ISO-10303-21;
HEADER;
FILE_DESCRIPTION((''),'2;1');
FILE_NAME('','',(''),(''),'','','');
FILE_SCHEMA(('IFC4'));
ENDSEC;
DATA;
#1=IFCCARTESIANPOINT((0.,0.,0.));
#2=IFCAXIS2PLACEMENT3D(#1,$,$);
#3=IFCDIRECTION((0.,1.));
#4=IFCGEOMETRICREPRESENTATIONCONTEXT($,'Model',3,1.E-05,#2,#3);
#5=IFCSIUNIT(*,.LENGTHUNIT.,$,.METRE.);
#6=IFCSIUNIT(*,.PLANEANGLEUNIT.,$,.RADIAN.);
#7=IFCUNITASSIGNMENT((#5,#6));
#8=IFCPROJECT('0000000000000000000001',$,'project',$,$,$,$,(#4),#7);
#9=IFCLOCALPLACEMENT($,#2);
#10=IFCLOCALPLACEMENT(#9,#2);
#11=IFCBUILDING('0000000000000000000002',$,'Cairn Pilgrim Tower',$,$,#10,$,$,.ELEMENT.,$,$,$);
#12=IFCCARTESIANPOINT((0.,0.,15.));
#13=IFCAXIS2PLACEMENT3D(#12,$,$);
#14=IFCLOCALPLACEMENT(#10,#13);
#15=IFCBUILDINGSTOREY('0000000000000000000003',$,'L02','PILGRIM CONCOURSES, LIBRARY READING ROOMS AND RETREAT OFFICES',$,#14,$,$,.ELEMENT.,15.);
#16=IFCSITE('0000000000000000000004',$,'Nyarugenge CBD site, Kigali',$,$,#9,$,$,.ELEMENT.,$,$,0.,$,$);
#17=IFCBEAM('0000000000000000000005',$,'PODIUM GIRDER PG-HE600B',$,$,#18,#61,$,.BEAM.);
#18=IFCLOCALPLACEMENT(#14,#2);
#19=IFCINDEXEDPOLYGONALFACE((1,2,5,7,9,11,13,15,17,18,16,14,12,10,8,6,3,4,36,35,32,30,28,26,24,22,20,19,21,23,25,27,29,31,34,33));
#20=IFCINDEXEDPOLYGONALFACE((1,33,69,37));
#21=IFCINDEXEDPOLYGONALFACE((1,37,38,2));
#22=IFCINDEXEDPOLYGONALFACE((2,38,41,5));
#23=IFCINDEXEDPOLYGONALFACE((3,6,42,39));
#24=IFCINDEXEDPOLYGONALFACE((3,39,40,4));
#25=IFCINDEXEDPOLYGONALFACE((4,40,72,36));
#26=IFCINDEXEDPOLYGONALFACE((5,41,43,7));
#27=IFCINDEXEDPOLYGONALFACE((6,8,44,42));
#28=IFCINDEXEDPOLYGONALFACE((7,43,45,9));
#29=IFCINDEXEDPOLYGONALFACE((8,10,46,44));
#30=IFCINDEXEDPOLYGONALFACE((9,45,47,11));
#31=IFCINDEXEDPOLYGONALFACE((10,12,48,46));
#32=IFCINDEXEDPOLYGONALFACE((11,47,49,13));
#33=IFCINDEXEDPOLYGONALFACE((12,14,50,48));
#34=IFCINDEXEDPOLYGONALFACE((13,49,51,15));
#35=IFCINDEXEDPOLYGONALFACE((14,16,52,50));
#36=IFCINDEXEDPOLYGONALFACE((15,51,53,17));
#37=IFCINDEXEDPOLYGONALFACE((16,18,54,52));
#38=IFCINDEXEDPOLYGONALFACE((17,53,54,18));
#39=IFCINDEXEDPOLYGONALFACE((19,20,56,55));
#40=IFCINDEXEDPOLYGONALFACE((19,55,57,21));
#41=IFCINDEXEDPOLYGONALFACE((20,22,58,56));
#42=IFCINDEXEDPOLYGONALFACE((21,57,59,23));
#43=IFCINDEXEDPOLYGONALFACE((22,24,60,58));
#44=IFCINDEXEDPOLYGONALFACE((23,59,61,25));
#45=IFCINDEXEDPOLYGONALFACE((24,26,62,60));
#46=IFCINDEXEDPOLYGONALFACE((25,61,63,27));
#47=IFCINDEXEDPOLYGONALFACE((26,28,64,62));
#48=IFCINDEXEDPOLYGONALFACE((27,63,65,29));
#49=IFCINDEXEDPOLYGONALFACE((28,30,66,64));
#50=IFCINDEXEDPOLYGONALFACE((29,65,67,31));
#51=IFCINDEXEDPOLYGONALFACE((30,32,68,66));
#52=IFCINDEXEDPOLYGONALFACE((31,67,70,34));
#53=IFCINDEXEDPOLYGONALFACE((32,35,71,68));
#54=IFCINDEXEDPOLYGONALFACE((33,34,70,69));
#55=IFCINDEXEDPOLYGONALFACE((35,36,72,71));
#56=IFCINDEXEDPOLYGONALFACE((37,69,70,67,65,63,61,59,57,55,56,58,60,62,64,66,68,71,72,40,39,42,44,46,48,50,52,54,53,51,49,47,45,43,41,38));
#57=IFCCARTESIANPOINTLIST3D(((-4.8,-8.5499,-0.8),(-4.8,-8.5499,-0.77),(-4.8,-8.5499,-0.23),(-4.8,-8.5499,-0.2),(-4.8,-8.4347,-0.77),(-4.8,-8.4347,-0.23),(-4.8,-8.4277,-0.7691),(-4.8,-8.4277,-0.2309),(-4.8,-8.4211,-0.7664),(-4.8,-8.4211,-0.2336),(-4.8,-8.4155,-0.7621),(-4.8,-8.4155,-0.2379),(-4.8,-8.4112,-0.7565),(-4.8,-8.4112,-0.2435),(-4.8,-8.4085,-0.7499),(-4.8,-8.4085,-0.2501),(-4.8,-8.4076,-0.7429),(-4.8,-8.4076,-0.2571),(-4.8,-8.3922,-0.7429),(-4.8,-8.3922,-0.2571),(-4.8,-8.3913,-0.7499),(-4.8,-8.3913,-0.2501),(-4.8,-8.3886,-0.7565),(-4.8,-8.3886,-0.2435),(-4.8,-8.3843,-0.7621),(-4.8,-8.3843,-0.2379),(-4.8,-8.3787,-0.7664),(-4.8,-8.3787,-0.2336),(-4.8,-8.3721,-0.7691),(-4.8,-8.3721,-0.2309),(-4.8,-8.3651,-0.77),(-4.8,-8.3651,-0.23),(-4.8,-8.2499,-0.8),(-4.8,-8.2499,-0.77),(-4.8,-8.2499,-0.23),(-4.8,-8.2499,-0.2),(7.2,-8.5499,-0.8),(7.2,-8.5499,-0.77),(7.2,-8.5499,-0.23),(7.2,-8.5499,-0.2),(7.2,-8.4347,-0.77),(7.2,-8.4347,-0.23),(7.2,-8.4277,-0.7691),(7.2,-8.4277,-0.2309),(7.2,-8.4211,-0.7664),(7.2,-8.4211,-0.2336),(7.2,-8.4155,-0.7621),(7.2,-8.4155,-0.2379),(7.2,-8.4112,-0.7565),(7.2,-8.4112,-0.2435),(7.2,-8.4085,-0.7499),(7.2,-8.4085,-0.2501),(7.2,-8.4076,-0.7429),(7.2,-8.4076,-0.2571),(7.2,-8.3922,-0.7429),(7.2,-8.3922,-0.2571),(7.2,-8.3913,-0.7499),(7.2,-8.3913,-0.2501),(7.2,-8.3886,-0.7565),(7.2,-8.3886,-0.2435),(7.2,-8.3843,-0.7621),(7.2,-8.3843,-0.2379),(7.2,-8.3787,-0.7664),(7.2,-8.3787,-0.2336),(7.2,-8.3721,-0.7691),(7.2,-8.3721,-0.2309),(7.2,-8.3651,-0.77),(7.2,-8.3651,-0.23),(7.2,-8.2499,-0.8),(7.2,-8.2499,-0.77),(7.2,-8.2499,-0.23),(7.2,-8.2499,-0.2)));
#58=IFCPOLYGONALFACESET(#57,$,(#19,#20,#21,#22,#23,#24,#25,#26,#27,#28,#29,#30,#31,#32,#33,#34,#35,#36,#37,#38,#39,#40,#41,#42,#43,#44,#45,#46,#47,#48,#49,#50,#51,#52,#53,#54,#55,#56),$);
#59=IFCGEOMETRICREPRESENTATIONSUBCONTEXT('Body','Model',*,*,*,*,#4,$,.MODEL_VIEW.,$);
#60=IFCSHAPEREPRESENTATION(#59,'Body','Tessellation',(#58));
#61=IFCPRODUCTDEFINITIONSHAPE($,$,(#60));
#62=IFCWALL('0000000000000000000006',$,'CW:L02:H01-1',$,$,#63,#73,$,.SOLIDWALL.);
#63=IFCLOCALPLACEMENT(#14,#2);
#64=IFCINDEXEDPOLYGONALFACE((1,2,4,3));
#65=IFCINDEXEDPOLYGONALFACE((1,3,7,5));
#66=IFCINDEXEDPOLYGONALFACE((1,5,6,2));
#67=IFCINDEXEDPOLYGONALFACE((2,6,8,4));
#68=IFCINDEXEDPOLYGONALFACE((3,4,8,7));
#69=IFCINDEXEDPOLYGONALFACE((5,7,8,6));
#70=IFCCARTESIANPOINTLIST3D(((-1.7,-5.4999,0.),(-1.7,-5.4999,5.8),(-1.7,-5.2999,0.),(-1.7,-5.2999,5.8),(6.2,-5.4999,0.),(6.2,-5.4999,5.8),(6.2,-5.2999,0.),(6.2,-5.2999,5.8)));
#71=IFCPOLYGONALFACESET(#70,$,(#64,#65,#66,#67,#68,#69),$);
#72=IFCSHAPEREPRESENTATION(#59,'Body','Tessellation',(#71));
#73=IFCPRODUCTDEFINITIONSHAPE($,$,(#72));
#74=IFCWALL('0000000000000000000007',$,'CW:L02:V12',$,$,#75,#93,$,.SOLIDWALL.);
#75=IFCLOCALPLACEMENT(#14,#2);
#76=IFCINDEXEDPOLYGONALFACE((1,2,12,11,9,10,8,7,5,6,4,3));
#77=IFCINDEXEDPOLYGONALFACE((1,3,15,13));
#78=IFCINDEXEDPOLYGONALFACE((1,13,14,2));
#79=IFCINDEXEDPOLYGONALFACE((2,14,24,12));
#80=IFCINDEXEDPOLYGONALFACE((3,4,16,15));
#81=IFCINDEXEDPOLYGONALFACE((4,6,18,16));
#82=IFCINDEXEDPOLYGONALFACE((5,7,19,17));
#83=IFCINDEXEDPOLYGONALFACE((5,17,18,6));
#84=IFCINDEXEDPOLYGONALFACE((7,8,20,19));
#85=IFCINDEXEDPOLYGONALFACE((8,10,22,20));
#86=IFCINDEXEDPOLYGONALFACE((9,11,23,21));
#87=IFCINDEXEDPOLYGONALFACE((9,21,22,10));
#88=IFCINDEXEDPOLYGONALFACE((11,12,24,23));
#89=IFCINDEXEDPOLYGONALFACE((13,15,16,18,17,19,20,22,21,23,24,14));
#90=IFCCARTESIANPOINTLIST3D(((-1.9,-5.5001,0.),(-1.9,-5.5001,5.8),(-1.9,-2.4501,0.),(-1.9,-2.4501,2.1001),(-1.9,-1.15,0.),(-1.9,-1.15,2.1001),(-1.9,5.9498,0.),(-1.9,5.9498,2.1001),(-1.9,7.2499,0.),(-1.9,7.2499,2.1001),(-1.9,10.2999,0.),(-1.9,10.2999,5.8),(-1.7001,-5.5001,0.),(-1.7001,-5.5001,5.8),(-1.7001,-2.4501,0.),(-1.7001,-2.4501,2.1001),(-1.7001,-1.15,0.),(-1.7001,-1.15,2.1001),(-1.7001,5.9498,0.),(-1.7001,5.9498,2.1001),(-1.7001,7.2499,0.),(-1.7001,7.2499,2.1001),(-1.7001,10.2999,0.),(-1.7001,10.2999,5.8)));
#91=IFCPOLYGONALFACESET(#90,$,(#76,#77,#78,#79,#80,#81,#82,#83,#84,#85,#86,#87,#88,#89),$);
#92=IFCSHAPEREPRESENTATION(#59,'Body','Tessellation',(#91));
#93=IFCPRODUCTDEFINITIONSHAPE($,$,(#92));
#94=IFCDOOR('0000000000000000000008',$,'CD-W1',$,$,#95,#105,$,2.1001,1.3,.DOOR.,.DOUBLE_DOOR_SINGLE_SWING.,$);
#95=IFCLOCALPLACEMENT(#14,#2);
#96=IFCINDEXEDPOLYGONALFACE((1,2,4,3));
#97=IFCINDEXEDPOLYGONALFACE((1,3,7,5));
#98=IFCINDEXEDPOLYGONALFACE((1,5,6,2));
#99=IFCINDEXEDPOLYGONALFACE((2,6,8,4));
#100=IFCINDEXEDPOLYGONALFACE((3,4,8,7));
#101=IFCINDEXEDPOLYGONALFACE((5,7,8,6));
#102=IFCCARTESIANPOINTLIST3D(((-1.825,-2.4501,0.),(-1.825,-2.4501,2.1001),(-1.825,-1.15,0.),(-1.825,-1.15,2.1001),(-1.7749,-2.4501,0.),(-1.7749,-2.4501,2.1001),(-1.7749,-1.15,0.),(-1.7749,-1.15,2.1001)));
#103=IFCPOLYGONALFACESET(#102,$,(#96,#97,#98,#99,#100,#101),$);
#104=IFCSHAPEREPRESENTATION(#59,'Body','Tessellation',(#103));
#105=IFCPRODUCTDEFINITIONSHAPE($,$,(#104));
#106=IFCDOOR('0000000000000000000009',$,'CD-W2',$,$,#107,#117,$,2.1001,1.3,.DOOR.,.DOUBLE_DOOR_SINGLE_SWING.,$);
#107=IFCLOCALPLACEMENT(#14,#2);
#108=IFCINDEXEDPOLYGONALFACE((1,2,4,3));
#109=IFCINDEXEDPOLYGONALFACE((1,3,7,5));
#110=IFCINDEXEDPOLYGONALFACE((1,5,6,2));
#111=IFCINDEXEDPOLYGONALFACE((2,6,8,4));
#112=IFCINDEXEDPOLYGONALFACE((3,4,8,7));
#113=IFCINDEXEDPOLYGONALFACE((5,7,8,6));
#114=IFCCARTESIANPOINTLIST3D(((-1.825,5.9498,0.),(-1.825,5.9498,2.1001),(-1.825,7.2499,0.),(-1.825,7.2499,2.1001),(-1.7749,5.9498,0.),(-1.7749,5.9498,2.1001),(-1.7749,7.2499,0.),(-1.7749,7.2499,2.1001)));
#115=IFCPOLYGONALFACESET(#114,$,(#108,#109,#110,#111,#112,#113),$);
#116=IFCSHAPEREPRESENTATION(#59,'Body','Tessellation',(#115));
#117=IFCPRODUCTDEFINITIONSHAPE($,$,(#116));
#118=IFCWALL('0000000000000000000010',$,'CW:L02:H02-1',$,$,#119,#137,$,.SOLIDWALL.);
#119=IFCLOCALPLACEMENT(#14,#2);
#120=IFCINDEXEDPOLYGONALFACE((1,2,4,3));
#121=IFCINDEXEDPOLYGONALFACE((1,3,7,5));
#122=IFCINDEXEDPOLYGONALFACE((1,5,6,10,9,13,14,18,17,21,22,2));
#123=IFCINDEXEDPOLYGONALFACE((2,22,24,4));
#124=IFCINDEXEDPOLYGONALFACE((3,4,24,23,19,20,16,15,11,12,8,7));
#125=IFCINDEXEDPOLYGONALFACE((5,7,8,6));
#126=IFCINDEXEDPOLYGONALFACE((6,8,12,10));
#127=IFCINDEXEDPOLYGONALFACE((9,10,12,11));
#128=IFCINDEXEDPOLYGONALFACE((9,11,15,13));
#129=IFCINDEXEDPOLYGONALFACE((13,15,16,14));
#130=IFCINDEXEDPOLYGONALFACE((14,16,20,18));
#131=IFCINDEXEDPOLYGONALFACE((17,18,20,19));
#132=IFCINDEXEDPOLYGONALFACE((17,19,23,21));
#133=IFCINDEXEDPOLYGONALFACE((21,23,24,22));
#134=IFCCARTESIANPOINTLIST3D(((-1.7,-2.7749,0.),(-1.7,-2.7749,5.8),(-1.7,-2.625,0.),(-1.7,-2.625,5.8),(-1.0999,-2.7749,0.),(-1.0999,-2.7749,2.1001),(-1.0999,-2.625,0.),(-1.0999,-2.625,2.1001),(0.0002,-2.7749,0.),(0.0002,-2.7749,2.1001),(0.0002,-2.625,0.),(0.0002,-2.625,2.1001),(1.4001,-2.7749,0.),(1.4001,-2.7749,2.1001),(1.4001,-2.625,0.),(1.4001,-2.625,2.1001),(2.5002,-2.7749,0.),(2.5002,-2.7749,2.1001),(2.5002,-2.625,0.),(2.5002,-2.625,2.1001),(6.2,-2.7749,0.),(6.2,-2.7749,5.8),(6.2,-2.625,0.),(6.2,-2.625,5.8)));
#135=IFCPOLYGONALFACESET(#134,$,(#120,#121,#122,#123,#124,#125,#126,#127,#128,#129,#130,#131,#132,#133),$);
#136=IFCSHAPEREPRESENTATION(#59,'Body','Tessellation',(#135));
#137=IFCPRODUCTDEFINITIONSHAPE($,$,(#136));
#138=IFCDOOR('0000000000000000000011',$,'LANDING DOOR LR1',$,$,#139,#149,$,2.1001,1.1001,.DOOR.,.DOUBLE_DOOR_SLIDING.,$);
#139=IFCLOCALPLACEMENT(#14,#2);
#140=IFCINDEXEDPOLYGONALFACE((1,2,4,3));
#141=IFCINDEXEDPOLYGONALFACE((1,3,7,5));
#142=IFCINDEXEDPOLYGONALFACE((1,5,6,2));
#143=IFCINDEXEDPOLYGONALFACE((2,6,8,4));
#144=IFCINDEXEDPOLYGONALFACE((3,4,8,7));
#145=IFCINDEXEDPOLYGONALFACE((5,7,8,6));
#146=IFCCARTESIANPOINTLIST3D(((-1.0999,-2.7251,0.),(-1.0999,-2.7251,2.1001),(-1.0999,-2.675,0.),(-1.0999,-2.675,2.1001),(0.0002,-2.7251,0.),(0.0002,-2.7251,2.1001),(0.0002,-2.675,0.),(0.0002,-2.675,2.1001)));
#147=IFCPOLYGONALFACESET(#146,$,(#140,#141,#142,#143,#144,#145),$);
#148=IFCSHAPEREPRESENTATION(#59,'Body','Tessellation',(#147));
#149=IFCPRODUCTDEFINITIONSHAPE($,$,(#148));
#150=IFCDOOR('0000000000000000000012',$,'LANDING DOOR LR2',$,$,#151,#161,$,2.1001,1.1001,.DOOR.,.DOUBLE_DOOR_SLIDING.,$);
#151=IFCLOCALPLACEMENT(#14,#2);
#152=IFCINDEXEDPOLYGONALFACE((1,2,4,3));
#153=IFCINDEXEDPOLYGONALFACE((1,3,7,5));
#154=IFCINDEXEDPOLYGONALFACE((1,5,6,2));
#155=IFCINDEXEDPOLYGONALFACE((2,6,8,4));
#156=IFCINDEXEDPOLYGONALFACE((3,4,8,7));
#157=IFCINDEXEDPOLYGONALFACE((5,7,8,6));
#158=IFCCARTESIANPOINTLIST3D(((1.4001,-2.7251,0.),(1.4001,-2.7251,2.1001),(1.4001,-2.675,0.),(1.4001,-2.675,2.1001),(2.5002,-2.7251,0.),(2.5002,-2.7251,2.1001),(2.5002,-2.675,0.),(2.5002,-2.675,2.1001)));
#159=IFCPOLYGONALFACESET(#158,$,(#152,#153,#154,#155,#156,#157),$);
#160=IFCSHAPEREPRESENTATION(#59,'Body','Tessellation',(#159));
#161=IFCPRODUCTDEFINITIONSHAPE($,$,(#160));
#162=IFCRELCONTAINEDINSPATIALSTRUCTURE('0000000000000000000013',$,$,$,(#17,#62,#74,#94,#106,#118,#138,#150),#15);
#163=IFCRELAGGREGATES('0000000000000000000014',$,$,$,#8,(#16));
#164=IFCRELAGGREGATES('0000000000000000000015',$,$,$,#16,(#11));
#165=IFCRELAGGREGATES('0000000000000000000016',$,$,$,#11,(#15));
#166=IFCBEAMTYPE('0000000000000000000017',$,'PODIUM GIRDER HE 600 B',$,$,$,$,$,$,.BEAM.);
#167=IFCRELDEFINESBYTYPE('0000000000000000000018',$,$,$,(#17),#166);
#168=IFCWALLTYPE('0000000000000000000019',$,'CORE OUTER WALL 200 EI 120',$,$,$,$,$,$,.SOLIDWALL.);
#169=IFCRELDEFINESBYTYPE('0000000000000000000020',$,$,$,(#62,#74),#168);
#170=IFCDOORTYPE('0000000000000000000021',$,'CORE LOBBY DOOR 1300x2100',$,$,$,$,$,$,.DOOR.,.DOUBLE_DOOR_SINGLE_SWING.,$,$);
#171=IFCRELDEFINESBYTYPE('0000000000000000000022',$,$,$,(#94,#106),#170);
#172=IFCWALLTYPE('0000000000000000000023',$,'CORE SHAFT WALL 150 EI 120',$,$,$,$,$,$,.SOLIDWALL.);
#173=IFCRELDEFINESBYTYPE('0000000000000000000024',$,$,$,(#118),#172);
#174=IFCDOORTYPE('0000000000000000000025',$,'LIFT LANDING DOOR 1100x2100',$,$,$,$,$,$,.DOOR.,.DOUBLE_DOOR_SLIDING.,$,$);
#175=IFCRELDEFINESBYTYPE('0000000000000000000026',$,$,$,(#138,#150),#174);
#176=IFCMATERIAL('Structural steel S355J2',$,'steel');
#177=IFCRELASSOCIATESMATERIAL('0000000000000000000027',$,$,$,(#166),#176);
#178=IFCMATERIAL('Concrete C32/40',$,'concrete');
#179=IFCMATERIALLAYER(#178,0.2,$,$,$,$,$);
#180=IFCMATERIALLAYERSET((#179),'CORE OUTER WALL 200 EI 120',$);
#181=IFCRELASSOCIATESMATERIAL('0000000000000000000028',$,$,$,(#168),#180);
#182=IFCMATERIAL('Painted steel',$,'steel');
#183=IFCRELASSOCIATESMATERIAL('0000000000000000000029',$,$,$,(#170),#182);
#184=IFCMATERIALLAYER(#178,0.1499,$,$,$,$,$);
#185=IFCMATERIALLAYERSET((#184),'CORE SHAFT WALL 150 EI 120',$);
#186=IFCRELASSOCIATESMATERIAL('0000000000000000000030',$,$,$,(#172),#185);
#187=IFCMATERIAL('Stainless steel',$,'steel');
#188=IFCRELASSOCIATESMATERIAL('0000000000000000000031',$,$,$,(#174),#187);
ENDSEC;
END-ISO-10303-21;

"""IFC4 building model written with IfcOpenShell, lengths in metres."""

from ifc_helpers import new_model, si_unit, direction, frame, frame_2d, origin, origin_2d, place, context, subcontext, project, spatial, rectangle, i_section, extrude, material, layer, layer_set, material_profile, profile_set, type_object, element, fill, save


model = new_model("IFC4")

# Units and contexts
model_context = context("Model", 3, precision=1e-05, world=origin(), true_north=direction((0.0, 1.0)))
body_context = subcontext(model_context, "Body", "Model", "MODEL_VIEW")
ifc_project = project(units=[si_unit("LENGTHUNIT", "METRE"), si_unit("PLANEANGLEUNIT", "RADIAN")], contexts=[model_context])

# Site, building, storey
site_placement = place(None, origin())
site = spatial("IfcSite", under=ifc_project, at=site_placement, Name="Nyarugenge CBD site, Kigali", CompositionType="ELEMENT", RefElevation=0.0)
building_placement = place(site_placement, origin())
building = spatial("IfcBuilding", under=site, at=building_placement, Name="Cairn Pilgrim Tower", CompositionType="ELEMENT")
storey_placement = place(building_placement, frame((0.0, 0.0, 15.0)))
storey = spatial("IfcBuildingStorey", under=building, at=storey_placement, Name="L02", Description="PILGRIM CONCOURSES, LIBRARY READING ROOMS AND RETREAT OFFICES", CompositionType="ELEMENT", Elevation=15.0)

# Beam
ifc_material_1 = material(Name="Structural steel S355J2", Category="steel")
ifc_material_profile_1 = material_profile(ifc_material_1, i_section(OverallWidth=0.3, OverallDepth=0.6001, WebThickness=0.0154, FlangeThickness=0.03, FilletRadius=0.0271, at=origin_2d()), Name="HEB 600")
ifc_profile_set_1 = profile_set([ifc_material_profile_1], Name="Structural steel S355J2")
beam_type_1 = type_object("IfcBeamType", Name="PODIUM GIRDER HE 600 B", PredefinedType="BEAM", material=ifc_profile_set_1)
beam_1_placement = place(storey_placement, frame((-4.8, -8.3999, -0.5), z_axis=(1.0, 0.0, 0.0), x_axis=(0.0, 1.0, 0.0)))
element("IfcBeam", 1, at=beam_1_placement, inside=storey, type_object=beam_type_1, Name="PODIUM GIRDER PG-HE600B", PredefinedType="BEAM", context=body_context, shape_type="SweptSolid", body=[
    extrude(i_section(OverallWidth=0.3, OverallDepth=0.6001, WebThickness=0.0154, FlangeThickness=0.03, FilletRadius=0.0271, at=origin_2d()), origin(), (0.0, 0.0, 1.0), 12.0),
])

# Wall
ifc_material_2 = material(Name="Concrete C32/40", Category="concrete")
ifc_layer_1 = layer(ifc_material_2, 0.2)
ifc_layer_set_1 = layer_set([ifc_layer_1], Name="CORE OUTER WALL 200 EI 120")
wall_type_1 = type_object("IfcWallType", Name="CORE OUTER WALL 200 EI 120", PredefinedType="SOLIDWALL", material=ifc_layer_set_1)
wall_1_placement = place(storey_placement, frame((-1.7, -5.3999, 0.0), z_axis=(0.0, 0.0, 1.0), x_axis=(1.0, 0.0, 0.0)))
element("IfcWall", 2, at=wall_1_placement, inside=storey, type_object=wall_type_1, Name="CW:L02:H01-1", PredefinedType="SOLIDWALL", context=body_context, shape_type="SweptSolid", body=[
    extrude(rectangle(XDim=7.8999, YDim=0.2, at=frame_2d((3.95, 0.0))), origin(), (0.0, 0.0, 1.0), 5.8),
])

# Walls, openings, doors
wall_2_placement = place(storey_placement, frame((-1.8, -5.5, 0.0), z_axis=(0.0, 0.0, 1.0), x_axis=(0.0, 1.0, 0.0)))
wall_2 = element("IfcWall", 3, at=wall_2_placement, inside=storey, type_object=wall_type_1, Name="CW:L02:V12", PredefinedType="SOLIDWALL", context=body_context, shape_type="SweptSolid", body=[
    extrude(rectangle(XDim=15.8, YDim=0.2, at=frame_2d((7.8999, 0.0))), origin(), (0.0, 0.0, 1.0), 5.8),
])
opening_1_placement = place(wall_2_placement, frame((3.05, 0.0, 0.0)))
opening_1 = element("IfcOpeningElement", 4, at=opening_1_placement, cuts=wall_2, PredefinedType="OPENING", context=body_context, shape_type="SweptSolid", body=[
    extrude(rectangle(XDim=1.3, YDim=2.1001, at=frame_2d((0.6499, 1.05))), frame((0.0, 0.1099, 0.0), z_axis=(0.0, -1.0, 0.0), x_axis=(1.0, 0.0, 0.0)), (0.0, 0.0, 1.0), 0.22),
])
opening_2_placement = place(wall_2_placement, frame((11.45, 0.0, 0.0)))
opening_2 = element("IfcOpeningElement", 5, at=opening_2_placement, cuts=wall_2, PredefinedType="OPENING", context=body_context, shape_type="SweptSolid", body=[
    extrude(rectangle(XDim=1.3, YDim=2.1001, at=frame_2d((0.6499, 1.05))), frame((0.0, 0.1099, 0.0), z_axis=(0.0, -1.0, 0.0), x_axis=(1.0, 0.0, 0.0)), (0.0, 0.0, 1.0), 0.22),
])
ifc_material_3 = material(Name="Painted steel", Category="steel")
door_type_1 = type_object("IfcDoorType", Name="CORE LOBBY DOOR 1300x2100", OperationType="DOUBLE_DOOR_SINGLE_SWING", PredefinedType="DOOR", material=ifc_material_3)
door_1_placement = place(opening_1_placement, origin())
door_1 = element("IfcDoor", 6, at=door_1_placement, inside=storey, type_object=door_type_1, Name="CD-W1", OperationType="DOUBLE_DOOR_SINGLE_SWING", OverallHeight=2.1001, OverallWidth=1.3, PredefinedType="DOOR", context=body_context, shape_type="SweptSolid", body=[
    extrude(rectangle(XDim=1.3, YDim=2.1001, at=frame_2d((0.6499, 1.05))), frame((0.0, 0.0249, 0.0), z_axis=(0.0, -1.0, 0.0), x_axis=(1.0, 0.0, 0.0)), (0.0, 0.0, 1.0), 0.05),
])
fill(opening_1, door_1)
door_2_placement = place(opening_2_placement, origin())
door_2 = element("IfcDoor", 7, at=door_2_placement, inside=storey, type_object=door_type_1, Name="CD-W2", OperationType="DOUBLE_DOOR_SINGLE_SWING", OverallHeight=2.1001, OverallWidth=1.3, PredefinedType="DOOR", context=body_context, shape_type="SweptSolid", body=[
    extrude(rectangle(XDim=1.3, YDim=2.1001, at=frame_2d((0.6499, 1.05))), frame((0.0, 0.0249, 0.0), z_axis=(0.0, -1.0, 0.0), x_axis=(1.0, 0.0, 0.0)), (0.0, 0.0, 1.0), 0.05),
])
fill(opening_2, door_2)
ifc_layer_2 = layer(ifc_material_2, 0.1499)
ifc_layer_set_2 = layer_set([ifc_layer_2], Name="CORE SHAFT WALL 150 EI 120")
wall_type_2 = type_object("IfcWallType", Name="CORE SHAFT WALL 150 EI 120", PredefinedType="SOLIDWALL", material=ifc_layer_set_2)
wall_3_placement = place(storey_placement, frame((-1.7, -2.7, 0.0), z_axis=(0.0, 0.0, 1.0), x_axis=(1.0, 0.0, 0.0)))
wall_3 = element("IfcWall", 8, at=wall_3_placement, inside=storey, type_object=wall_type_2, Name="CW:L02:H02-1", PredefinedType="SOLIDWALL", context=body_context, shape_type="SweptSolid", body=[
    extrude(rectangle(XDim=7.8999, YDim=0.1499, at=frame_2d((3.95, 0.0))), origin(), (0.0, 0.0, 1.0), 5.8),
])
opening_3_placement = place(wall_3_placement, frame((0.6001, 0.0, 0.0)))
opening_3 = element("IfcOpeningElement", 9, at=opening_3_placement, cuts=wall_3, PredefinedType="OPENING", context=body_context, shape_type="SweptSolid", body=[
    extrude(rectangle(XDim=1.1001, YDim=2.1001, at=frame_2d((0.55, 1.05))), frame((0.0, 0.085, 0.0), z_axis=(0.0, -1.0, 0.0), x_axis=(1.0, 0.0, 0.0)), (0.0, 0.0, 1.0), 0.1699),
])
opening_4_placement = place(wall_3_placement, frame((3.1001, 0.0, 0.0)))
opening_4 = element("IfcOpeningElement", 10, at=opening_4_placement, cuts=wall_3, PredefinedType="OPENING", context=body_context, shape_type="SweptSolid", body=[
    extrude(rectangle(XDim=1.1001, YDim=2.1001, at=frame_2d((0.55, 1.05))), frame((0.0, 0.085, 0.0), z_axis=(0.0, -1.0, 0.0), x_axis=(1.0, 0.0, 0.0)), (0.0, 0.0, 1.0), 0.1699),
])
ifc_material_4 = material(Name="Stainless steel", Category="steel")
door_type_2 = type_object("IfcDoorType", Name="LIFT LANDING DOOR 1100x2100", OperationType="DOUBLE_DOOR_SLIDING", PredefinedType="DOOR", material=ifc_material_4)
door_3_placement = place(opening_3_placement, origin())
door_3 = element("IfcDoor", 11, at=door_3_placement, inside=storey, type_object=door_type_2, Name="LANDING DOOR LR1", OperationType="DOUBLE_DOOR_SLIDING", OverallHeight=2.1001, OverallWidth=1.1001, PredefinedType="DOOR", context=body_context, shape_type="SweptSolid", body=[
    extrude(rectangle(XDim=1.1001, YDim=2.1001, at=frame_2d((0.55, 1.05))), frame((0.0, 0.0249, 0.0), z_axis=(0.0, -1.0, 0.0), x_axis=(1.0, 0.0, 0.0)), (0.0, 0.0, 1.0), 0.05),
])
fill(opening_3, door_3)
door_4_placement = place(opening_4_placement, origin())
door_4 = element("IfcDoor", 12, at=door_4_placement, inside=storey, type_object=door_type_2, Name="LANDING DOOR LR2", OperationType="DOUBLE_DOOR_SLIDING", OverallHeight=2.1001, OverallWidth=1.1001, PredefinedType="DOOR", context=body_context, shape_type="SweptSolid", body=[
    extrude(rectangle(XDim=1.1001, YDim=2.1001, at=frame_2d((0.55, 1.05))), frame((0.0, 0.0249, 0.0), z_axis=(0.0, -1.0, 0.0), x_axis=(1.0, 0.0, 0.0)), (0.0, 0.0, 1.0), 0.05),
])
fill(opening_4, door_4)

save(model, "model.ifc")
